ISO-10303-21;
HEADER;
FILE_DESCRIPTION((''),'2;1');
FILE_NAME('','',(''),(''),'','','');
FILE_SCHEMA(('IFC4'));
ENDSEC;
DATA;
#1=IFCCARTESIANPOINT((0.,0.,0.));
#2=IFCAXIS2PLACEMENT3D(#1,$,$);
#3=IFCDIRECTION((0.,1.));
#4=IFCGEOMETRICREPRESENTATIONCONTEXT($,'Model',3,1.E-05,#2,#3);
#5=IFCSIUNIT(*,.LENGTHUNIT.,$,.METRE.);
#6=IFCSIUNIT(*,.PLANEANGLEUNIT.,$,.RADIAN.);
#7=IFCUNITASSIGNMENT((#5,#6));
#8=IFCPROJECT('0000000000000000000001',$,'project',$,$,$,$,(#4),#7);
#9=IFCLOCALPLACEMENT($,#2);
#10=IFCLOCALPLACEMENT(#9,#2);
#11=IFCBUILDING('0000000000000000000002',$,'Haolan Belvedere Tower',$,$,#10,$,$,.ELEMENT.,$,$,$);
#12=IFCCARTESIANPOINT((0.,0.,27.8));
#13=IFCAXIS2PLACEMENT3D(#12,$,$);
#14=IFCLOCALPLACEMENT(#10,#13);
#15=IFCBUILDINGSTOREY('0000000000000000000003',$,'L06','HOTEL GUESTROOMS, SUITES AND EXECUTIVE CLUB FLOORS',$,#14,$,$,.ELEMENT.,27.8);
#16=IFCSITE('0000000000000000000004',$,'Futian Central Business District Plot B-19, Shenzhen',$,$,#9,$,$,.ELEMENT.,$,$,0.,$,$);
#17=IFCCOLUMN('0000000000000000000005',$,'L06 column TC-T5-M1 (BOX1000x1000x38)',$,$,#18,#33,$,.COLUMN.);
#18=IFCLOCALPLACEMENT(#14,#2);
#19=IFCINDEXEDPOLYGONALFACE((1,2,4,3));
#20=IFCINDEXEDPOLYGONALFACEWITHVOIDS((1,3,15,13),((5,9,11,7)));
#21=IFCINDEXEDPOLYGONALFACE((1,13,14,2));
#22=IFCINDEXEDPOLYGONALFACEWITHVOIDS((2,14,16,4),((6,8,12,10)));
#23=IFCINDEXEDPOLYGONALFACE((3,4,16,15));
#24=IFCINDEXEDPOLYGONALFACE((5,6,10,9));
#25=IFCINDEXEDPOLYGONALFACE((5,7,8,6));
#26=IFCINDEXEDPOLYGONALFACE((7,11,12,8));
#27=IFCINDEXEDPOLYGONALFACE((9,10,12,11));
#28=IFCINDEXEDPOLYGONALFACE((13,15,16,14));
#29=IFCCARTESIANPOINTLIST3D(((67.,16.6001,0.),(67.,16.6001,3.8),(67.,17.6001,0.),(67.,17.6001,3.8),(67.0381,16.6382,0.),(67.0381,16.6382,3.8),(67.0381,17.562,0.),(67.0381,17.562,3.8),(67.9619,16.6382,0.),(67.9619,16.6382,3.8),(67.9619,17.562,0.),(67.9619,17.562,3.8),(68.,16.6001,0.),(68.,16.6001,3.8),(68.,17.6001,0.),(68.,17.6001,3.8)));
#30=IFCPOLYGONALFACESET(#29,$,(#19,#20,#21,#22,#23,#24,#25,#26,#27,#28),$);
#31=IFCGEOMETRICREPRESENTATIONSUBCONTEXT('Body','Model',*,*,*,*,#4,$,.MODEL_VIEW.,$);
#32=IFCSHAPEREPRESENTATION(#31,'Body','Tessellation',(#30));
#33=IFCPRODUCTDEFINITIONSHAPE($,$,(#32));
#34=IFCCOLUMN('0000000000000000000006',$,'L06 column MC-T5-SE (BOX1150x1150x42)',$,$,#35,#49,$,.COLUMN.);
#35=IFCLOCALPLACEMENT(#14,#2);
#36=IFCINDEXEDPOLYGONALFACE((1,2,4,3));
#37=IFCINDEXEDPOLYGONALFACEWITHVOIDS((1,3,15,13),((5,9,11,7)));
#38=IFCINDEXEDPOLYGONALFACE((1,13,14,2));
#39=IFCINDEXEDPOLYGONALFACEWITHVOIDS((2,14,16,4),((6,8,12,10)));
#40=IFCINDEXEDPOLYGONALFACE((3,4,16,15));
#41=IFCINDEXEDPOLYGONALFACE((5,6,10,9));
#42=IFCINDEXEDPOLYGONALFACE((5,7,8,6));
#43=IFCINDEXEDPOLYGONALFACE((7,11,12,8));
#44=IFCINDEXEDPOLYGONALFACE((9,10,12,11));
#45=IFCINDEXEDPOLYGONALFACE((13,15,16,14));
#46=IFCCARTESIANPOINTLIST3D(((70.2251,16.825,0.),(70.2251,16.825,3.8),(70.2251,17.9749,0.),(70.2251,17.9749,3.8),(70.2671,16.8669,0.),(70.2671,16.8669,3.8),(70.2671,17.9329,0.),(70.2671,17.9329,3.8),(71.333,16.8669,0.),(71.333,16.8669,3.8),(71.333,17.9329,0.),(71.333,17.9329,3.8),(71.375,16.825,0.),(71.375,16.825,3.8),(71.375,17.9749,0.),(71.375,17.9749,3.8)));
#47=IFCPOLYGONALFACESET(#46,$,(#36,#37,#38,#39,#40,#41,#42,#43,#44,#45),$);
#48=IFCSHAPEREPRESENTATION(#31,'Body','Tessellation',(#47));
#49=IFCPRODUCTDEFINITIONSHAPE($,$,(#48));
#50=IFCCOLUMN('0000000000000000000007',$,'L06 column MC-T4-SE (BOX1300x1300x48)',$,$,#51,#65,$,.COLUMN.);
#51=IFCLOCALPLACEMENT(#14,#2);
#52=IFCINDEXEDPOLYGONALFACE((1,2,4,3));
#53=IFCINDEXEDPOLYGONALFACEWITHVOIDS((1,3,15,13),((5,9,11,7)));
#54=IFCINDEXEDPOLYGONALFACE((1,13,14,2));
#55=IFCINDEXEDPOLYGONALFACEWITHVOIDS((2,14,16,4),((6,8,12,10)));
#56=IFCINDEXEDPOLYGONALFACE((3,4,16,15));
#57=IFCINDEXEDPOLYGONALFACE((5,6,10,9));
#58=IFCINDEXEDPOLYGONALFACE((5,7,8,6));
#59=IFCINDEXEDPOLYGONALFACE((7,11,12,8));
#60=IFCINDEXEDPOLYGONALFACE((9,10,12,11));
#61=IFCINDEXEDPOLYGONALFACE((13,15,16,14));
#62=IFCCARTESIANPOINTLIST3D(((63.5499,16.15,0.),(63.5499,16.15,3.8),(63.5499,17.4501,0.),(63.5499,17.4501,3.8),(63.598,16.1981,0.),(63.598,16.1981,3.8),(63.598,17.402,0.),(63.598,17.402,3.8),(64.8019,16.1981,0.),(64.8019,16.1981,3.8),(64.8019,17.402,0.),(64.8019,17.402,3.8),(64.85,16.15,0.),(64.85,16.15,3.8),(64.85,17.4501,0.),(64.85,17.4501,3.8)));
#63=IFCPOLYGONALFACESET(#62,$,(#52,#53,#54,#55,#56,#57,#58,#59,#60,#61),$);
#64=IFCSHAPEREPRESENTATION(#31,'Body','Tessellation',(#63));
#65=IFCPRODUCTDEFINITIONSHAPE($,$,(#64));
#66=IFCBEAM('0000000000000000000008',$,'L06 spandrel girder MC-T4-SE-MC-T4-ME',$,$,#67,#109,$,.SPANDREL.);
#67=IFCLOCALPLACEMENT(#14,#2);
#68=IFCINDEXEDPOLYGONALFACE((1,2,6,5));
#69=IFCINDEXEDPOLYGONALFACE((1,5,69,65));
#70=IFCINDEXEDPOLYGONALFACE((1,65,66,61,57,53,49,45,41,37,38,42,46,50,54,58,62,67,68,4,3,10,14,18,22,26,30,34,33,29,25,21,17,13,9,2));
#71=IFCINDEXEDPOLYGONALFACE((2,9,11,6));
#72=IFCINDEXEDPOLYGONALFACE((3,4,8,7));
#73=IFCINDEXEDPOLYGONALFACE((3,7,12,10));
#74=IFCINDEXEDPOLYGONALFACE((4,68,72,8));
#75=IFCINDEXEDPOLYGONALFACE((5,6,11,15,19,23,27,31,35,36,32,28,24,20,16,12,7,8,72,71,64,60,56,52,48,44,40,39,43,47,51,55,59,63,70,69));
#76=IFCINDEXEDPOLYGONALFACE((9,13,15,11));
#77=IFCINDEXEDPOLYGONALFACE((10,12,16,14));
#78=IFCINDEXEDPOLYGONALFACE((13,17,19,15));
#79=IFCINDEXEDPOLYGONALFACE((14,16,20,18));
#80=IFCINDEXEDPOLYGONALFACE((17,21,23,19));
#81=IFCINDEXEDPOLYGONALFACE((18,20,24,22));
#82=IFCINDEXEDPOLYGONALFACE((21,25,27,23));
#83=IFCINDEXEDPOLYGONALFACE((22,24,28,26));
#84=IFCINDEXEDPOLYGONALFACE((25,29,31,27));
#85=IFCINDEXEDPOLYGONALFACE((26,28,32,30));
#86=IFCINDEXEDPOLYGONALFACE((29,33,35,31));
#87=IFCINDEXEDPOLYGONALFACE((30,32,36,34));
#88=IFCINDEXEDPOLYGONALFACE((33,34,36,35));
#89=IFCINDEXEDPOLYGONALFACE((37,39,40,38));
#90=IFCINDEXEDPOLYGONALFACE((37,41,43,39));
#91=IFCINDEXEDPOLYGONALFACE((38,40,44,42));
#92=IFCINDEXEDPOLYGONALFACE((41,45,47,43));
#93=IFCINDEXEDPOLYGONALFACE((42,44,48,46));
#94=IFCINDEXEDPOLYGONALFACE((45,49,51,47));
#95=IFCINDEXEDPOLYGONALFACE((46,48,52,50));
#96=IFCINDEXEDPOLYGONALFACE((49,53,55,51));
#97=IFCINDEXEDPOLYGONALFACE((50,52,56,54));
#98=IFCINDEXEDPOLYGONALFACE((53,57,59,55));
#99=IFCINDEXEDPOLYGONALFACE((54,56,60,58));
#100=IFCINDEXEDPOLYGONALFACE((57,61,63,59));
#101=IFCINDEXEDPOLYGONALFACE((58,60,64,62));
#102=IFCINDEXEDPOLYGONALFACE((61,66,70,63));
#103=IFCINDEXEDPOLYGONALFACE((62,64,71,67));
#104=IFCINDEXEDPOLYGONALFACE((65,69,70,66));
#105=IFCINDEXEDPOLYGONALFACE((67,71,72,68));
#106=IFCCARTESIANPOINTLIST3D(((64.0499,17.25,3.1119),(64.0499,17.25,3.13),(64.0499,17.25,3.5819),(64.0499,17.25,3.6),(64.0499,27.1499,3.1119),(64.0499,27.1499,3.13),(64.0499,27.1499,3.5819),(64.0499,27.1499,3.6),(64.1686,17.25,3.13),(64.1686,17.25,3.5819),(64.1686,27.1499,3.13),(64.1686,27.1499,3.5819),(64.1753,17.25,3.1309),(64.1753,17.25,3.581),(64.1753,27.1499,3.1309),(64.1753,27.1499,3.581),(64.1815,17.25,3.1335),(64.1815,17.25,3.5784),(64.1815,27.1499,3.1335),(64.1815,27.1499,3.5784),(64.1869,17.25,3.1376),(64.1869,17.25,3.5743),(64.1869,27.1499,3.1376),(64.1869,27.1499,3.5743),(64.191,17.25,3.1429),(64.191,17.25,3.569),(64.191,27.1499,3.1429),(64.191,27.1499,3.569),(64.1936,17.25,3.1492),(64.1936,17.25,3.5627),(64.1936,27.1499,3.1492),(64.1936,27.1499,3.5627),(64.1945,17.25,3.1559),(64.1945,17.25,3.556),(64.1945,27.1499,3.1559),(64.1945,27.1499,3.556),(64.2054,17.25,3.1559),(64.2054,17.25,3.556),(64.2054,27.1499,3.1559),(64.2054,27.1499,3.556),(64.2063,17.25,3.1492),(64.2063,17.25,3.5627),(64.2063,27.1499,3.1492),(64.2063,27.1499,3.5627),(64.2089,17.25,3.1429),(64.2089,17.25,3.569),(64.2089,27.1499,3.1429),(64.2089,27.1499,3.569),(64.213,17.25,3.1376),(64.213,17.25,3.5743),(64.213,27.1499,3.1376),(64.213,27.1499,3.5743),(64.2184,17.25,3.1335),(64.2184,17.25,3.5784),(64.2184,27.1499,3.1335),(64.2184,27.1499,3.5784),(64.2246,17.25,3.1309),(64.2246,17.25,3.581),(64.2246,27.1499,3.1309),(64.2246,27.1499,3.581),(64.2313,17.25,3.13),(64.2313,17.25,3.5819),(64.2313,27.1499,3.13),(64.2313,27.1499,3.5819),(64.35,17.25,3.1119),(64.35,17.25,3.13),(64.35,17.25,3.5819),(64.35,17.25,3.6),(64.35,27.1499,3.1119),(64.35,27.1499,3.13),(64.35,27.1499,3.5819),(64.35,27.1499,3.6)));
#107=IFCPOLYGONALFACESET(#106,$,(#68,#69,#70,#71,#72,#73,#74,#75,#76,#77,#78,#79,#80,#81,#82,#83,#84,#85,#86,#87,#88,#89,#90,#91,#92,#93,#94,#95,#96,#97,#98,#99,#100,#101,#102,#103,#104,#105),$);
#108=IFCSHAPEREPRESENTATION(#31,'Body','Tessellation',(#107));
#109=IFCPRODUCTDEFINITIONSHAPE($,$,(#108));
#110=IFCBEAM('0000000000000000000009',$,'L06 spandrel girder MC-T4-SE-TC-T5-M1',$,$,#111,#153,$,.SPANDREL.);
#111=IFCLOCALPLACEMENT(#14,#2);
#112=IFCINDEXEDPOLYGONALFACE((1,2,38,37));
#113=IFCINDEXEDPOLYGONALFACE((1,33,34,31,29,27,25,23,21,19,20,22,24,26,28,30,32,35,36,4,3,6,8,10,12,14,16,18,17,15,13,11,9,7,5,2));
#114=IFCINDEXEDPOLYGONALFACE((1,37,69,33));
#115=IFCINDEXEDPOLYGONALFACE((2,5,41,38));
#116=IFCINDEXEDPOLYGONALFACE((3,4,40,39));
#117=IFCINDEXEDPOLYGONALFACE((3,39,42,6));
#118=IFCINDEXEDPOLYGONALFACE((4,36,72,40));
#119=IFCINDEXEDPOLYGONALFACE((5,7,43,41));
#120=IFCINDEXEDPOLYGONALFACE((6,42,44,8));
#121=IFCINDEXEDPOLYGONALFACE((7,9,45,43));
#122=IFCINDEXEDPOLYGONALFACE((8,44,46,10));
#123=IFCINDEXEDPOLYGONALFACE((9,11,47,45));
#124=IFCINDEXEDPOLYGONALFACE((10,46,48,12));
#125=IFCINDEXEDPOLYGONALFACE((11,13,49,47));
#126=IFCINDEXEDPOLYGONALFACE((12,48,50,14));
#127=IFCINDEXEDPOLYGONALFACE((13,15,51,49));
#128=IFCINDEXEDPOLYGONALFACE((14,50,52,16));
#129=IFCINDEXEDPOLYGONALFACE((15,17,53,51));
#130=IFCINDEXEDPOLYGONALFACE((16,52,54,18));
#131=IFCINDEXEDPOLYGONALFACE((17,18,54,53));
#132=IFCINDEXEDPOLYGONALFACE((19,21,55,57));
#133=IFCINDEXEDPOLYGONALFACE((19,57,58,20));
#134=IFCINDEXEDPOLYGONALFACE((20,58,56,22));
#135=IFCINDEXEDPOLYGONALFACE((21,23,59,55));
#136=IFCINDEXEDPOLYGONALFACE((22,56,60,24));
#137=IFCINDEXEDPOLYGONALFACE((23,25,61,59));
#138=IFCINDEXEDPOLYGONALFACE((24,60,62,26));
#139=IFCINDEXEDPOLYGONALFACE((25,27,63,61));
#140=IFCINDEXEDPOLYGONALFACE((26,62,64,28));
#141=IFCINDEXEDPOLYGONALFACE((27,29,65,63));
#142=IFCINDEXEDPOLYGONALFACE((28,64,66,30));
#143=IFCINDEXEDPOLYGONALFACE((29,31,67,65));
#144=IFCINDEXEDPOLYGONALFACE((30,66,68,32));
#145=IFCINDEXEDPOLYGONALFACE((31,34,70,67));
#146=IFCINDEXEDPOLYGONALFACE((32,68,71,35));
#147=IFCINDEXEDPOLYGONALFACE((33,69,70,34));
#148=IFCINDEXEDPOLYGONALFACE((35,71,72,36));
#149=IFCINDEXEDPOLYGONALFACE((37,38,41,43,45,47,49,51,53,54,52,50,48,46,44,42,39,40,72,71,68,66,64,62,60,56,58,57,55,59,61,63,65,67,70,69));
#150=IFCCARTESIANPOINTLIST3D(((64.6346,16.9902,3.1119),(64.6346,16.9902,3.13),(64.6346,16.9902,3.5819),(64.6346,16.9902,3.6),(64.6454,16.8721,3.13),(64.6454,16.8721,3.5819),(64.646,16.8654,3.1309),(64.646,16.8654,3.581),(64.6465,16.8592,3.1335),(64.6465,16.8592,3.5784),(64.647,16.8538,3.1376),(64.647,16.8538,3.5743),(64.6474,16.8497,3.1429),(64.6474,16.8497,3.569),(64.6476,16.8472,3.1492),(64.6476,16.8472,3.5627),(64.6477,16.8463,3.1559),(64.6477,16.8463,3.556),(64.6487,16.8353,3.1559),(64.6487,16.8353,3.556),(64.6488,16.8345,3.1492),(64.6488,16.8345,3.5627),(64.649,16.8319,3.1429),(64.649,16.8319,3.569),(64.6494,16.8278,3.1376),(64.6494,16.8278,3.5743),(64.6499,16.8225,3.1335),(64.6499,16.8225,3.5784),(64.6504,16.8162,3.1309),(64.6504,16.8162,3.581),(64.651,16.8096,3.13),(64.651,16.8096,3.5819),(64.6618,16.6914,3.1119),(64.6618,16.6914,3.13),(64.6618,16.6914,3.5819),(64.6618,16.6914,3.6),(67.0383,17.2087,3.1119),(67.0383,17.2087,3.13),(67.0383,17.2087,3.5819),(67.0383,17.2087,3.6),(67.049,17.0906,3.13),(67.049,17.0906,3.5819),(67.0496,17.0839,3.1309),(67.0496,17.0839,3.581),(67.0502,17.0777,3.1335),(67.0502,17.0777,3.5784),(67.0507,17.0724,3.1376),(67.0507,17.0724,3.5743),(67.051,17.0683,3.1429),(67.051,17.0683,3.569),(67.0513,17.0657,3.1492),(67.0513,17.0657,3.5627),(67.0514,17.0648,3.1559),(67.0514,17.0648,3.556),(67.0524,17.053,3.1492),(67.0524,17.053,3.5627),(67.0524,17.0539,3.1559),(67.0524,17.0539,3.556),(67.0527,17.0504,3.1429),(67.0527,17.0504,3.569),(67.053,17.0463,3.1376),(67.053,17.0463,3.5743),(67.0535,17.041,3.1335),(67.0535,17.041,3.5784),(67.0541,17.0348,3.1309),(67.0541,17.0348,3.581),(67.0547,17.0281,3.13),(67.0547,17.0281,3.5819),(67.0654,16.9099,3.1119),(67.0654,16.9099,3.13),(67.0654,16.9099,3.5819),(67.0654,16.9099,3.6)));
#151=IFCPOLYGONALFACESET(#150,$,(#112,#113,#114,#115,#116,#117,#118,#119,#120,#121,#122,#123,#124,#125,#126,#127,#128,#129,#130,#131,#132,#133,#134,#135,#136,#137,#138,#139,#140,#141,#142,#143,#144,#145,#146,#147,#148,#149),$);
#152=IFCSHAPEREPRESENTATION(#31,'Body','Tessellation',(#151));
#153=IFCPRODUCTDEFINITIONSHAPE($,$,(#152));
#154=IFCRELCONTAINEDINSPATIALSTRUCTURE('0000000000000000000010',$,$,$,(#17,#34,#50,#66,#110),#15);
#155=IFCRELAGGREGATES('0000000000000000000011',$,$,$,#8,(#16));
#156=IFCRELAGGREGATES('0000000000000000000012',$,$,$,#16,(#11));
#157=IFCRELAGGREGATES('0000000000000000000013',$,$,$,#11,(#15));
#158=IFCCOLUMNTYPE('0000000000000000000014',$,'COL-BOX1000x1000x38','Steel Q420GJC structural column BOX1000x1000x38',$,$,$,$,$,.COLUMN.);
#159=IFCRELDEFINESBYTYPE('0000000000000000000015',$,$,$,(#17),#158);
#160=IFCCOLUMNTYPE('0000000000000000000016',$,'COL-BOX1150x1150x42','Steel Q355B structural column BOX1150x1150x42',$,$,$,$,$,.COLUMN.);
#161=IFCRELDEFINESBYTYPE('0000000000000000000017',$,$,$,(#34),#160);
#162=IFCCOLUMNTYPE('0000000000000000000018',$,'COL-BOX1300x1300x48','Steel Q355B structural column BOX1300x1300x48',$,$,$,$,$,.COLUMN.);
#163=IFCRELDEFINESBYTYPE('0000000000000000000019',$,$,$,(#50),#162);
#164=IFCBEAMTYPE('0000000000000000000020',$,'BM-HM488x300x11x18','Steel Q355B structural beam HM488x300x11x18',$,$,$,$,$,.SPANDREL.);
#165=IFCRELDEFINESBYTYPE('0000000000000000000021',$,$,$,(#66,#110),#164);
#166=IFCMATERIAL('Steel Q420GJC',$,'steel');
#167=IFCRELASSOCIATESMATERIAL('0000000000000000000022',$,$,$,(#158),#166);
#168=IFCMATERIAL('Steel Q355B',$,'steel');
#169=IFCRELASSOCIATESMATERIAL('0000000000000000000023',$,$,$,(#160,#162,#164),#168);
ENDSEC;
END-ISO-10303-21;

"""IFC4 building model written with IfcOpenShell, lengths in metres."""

from ifc_helpers import new_model, si_unit, direction, frame, origin, origin_2d, place, context, subcontext, project, spatial, hollow_rectangle, i_section, extrude, material, material_profile, profile_set, type_object, element, save


model = new_model("IFC4")

# Units and contexts
model_context = context("Model", 3, precision=1e-05, world=origin(), true_north=direction((0.0, 1.0)))
body_context = subcontext(model_context, "Body", "Model", "MODEL_VIEW")
ifc_project = project(units=[si_unit("LENGTHUNIT", "METRE"), si_unit("PLANEANGLEUNIT", "RADIAN")], contexts=[model_context])

# Site, building, storey
site_placement = place(None, origin())
site = spatial("IfcSite", under=ifc_project, at=site_placement, Name="Futian Central Business District Plot B-19, Shenzhen", CompositionType="ELEMENT", RefElevation=0.0)
building_placement = place(site_placement, origin())
building = spatial("IfcBuilding", under=site, at=building_placement, Name="Haolan Belvedere Tower", CompositionType="ELEMENT")
storey_placement = place(building_placement, frame((0.0, 0.0, 27.8)))
storey = spatial("IfcBuildingStorey", under=building, at=storey_placement, Name="L06", Description="HOTEL GUESTROOMS, SUITES AND EXECUTIVE CLUB FLOORS", CompositionType="ELEMENT", Elevation=27.8)

# Columns
ifc_material_1 = material(Name="Steel Q420GJC", Category="steel")
ifc_material_profile_1 = material_profile(ifc_material_1, hollow_rectangle(XDim=1.0, YDim=1.0, WallThickness=0.0381, at=origin_2d()), Name="Steel Q420GJC")
ifc_profile_set_1 = profile_set([ifc_material_profile_1], Name="Steel Q420GJC")
column_type_1 = type_object("IfcColumnType", Name="COL-BOX1000x1000x38", Description="Steel Q420GJC structural column BOX1000x1000x38", PredefinedType="COLUMN", material=ifc_profile_set_1)
column_1_placement = place(storey_placement, frame((67.5, 17.1001, 0.0), z_axis=(0.0, 0.0, 1.0), x_axis=(1.0, 0.0, 0.0)))
element("IfcColumn", 1, at=column_1_placement, inside=storey, type_object=column_type_1, Name="L06 column TC-T5-M1 (BOX1000x1000x38)", PredefinedType="COLUMN", context=body_context, shape_type="SweptSolid", body=[
    extrude(hollow_rectangle(XDim=1.0, YDim=1.0, WallThickness=0.0381, at=origin_2d()), origin(), (0.0, 0.0, 1.0), 3.8),
])
ifc_material_2 = material(Name="Steel Q355B", Category="steel")
ifc_material_profile_2 = material_profile(ifc_material_2, hollow_rectangle(XDim=1.1499, YDim=1.1499, WallThickness=0.042, at=origin_2d()), Name="Steel Q355B")
ifc_profile_set_2 = profile_set([ifc_material_profile_2], Name="Steel Q355B")
column_type_2 = type_object("IfcColumnType", Name="COL-BOX1150x1150x42", Description="Steel Q355B structural column BOX1150x1150x42", PredefinedType="COLUMN", material=ifc_profile_set_2)
column_2_placement = place(storey_placement, frame((70.8, 17.3999, 0.0), z_axis=(0.0, 0.0, 1.0), x_axis=(1.0, 0.0, 0.0)))
element("IfcColumn", 2, at=column_2_placement, inside=storey, type_object=column_type_2, Name="L06 column MC-T5-SE (BOX1150x1150x42)", PredefinedType="COLUMN", context=body_context, shape_type="SweptSolid", body=[
    extrude(hollow_rectangle(XDim=1.1499, YDim=1.1499, WallThickness=0.042, at=origin_2d()), origin(), (0.0, 0.0, 1.0), 3.8),
])
ifc_material_profile_3 = material_profile(ifc_material_2, hollow_rectangle(XDim=1.3, YDim=1.3, WallThickness=0.0481, at=origin_2d()), Name="Steel Q355B")
ifc_profile_set_3 = profile_set([ifc_material_profile_3], Name="Steel Q355B")
column_type_3 = type_object("IfcColumnType", Name="COL-BOX1300x1300x48", Description="Steel Q355B structural column BOX1300x1300x48", PredefinedType="COLUMN", material=ifc_profile_set_3)
column_3_placement = place(storey_placement, frame((64.2, 16.8, 0.0), z_axis=(0.0, 0.0, 1.0), x_axis=(1.0, 0.0, 0.0)))
element("IfcColumn", 3, at=column_3_placement, inside=storey, type_object=column_type_3, Name="L06 column MC-T4-SE (BOX1300x1300x48)", PredefinedType="COLUMN", context=body_context, shape_type="SweptSolid", body=[
    extrude(hollow_rectangle(XDim=1.3, YDim=1.3, WallThickness=0.0481, at=origin_2d()), origin(), (0.0, 0.0, 1.0), 3.8),
])

# Beams
ifc_material_profile_4 = material_profile(ifc_material_2, i_section(OverallWidth=0.3, OverallDepth=0.488, WebThickness=0.011, FlangeThickness=0.0181, FilletRadius=0.0259, at=origin_2d()), Name="Steel Q355B")
ifc_profile_set_4 = profile_set([ifc_material_profile_4], Name="Steel Q355B")
beam_type = type_object("IfcBeamType", Name="BM-HM488x300x11x18", Description="Steel Q355B structural beam HM488x300x11x18", PredefinedType="SPANDREL", material=ifc_profile_set_4)
beam_placement = place(storey_placement, frame((64.2, 17.25, 3.356), z_axis=(0.0, 1.0, 0.0), x_axis=(-1.0, 0.0, 0.0)))
element("IfcBeam", 4, at=beam_placement, inside=storey, type_object=beam_type, Name="L06 spandrel girder MC-T4-SE-MC-T4-ME", PredefinedType="SPANDREL", context=body_context, shape_type="SweptSolid", body=[
    extrude(i_section(OverallWidth=0.3, OverallDepth=0.488, WebThickness=0.011, FlangeThickness=0.0181, FilletRadius=0.0259, at=origin_2d()), origin(), (0.0, 0.0, 1.0), 9.8999),
])
for number, where, z_axis, x_axis, name in (
    (5, (64.6482, 16.8408, 3.356), (0.995893, 0.090536, 0.0), (-0.090536, 0.995893, 0.0), "L06 spandrel girder MC-T4-SE-TC-T5-M1"),
):
    element("IfcBeam", number, at=place(storey_placement, frame(where, z_axis=z_axis, x_axis=x_axis)), inside=storey, type_object=beam_type, Name=name, PredefinedType="SPANDREL", context=body_context, shape_type="SweptSolid", body=[
        extrude(i_section(OverallWidth=0.3, OverallDepth=0.488, WebThickness=0.011, FlangeThickness=0.0181, FilletRadius=0.0259, at=origin_2d()), origin(), (0.0, 0.0, 1.0), 2.4136),
    ])

save(model, "model.ifc")
